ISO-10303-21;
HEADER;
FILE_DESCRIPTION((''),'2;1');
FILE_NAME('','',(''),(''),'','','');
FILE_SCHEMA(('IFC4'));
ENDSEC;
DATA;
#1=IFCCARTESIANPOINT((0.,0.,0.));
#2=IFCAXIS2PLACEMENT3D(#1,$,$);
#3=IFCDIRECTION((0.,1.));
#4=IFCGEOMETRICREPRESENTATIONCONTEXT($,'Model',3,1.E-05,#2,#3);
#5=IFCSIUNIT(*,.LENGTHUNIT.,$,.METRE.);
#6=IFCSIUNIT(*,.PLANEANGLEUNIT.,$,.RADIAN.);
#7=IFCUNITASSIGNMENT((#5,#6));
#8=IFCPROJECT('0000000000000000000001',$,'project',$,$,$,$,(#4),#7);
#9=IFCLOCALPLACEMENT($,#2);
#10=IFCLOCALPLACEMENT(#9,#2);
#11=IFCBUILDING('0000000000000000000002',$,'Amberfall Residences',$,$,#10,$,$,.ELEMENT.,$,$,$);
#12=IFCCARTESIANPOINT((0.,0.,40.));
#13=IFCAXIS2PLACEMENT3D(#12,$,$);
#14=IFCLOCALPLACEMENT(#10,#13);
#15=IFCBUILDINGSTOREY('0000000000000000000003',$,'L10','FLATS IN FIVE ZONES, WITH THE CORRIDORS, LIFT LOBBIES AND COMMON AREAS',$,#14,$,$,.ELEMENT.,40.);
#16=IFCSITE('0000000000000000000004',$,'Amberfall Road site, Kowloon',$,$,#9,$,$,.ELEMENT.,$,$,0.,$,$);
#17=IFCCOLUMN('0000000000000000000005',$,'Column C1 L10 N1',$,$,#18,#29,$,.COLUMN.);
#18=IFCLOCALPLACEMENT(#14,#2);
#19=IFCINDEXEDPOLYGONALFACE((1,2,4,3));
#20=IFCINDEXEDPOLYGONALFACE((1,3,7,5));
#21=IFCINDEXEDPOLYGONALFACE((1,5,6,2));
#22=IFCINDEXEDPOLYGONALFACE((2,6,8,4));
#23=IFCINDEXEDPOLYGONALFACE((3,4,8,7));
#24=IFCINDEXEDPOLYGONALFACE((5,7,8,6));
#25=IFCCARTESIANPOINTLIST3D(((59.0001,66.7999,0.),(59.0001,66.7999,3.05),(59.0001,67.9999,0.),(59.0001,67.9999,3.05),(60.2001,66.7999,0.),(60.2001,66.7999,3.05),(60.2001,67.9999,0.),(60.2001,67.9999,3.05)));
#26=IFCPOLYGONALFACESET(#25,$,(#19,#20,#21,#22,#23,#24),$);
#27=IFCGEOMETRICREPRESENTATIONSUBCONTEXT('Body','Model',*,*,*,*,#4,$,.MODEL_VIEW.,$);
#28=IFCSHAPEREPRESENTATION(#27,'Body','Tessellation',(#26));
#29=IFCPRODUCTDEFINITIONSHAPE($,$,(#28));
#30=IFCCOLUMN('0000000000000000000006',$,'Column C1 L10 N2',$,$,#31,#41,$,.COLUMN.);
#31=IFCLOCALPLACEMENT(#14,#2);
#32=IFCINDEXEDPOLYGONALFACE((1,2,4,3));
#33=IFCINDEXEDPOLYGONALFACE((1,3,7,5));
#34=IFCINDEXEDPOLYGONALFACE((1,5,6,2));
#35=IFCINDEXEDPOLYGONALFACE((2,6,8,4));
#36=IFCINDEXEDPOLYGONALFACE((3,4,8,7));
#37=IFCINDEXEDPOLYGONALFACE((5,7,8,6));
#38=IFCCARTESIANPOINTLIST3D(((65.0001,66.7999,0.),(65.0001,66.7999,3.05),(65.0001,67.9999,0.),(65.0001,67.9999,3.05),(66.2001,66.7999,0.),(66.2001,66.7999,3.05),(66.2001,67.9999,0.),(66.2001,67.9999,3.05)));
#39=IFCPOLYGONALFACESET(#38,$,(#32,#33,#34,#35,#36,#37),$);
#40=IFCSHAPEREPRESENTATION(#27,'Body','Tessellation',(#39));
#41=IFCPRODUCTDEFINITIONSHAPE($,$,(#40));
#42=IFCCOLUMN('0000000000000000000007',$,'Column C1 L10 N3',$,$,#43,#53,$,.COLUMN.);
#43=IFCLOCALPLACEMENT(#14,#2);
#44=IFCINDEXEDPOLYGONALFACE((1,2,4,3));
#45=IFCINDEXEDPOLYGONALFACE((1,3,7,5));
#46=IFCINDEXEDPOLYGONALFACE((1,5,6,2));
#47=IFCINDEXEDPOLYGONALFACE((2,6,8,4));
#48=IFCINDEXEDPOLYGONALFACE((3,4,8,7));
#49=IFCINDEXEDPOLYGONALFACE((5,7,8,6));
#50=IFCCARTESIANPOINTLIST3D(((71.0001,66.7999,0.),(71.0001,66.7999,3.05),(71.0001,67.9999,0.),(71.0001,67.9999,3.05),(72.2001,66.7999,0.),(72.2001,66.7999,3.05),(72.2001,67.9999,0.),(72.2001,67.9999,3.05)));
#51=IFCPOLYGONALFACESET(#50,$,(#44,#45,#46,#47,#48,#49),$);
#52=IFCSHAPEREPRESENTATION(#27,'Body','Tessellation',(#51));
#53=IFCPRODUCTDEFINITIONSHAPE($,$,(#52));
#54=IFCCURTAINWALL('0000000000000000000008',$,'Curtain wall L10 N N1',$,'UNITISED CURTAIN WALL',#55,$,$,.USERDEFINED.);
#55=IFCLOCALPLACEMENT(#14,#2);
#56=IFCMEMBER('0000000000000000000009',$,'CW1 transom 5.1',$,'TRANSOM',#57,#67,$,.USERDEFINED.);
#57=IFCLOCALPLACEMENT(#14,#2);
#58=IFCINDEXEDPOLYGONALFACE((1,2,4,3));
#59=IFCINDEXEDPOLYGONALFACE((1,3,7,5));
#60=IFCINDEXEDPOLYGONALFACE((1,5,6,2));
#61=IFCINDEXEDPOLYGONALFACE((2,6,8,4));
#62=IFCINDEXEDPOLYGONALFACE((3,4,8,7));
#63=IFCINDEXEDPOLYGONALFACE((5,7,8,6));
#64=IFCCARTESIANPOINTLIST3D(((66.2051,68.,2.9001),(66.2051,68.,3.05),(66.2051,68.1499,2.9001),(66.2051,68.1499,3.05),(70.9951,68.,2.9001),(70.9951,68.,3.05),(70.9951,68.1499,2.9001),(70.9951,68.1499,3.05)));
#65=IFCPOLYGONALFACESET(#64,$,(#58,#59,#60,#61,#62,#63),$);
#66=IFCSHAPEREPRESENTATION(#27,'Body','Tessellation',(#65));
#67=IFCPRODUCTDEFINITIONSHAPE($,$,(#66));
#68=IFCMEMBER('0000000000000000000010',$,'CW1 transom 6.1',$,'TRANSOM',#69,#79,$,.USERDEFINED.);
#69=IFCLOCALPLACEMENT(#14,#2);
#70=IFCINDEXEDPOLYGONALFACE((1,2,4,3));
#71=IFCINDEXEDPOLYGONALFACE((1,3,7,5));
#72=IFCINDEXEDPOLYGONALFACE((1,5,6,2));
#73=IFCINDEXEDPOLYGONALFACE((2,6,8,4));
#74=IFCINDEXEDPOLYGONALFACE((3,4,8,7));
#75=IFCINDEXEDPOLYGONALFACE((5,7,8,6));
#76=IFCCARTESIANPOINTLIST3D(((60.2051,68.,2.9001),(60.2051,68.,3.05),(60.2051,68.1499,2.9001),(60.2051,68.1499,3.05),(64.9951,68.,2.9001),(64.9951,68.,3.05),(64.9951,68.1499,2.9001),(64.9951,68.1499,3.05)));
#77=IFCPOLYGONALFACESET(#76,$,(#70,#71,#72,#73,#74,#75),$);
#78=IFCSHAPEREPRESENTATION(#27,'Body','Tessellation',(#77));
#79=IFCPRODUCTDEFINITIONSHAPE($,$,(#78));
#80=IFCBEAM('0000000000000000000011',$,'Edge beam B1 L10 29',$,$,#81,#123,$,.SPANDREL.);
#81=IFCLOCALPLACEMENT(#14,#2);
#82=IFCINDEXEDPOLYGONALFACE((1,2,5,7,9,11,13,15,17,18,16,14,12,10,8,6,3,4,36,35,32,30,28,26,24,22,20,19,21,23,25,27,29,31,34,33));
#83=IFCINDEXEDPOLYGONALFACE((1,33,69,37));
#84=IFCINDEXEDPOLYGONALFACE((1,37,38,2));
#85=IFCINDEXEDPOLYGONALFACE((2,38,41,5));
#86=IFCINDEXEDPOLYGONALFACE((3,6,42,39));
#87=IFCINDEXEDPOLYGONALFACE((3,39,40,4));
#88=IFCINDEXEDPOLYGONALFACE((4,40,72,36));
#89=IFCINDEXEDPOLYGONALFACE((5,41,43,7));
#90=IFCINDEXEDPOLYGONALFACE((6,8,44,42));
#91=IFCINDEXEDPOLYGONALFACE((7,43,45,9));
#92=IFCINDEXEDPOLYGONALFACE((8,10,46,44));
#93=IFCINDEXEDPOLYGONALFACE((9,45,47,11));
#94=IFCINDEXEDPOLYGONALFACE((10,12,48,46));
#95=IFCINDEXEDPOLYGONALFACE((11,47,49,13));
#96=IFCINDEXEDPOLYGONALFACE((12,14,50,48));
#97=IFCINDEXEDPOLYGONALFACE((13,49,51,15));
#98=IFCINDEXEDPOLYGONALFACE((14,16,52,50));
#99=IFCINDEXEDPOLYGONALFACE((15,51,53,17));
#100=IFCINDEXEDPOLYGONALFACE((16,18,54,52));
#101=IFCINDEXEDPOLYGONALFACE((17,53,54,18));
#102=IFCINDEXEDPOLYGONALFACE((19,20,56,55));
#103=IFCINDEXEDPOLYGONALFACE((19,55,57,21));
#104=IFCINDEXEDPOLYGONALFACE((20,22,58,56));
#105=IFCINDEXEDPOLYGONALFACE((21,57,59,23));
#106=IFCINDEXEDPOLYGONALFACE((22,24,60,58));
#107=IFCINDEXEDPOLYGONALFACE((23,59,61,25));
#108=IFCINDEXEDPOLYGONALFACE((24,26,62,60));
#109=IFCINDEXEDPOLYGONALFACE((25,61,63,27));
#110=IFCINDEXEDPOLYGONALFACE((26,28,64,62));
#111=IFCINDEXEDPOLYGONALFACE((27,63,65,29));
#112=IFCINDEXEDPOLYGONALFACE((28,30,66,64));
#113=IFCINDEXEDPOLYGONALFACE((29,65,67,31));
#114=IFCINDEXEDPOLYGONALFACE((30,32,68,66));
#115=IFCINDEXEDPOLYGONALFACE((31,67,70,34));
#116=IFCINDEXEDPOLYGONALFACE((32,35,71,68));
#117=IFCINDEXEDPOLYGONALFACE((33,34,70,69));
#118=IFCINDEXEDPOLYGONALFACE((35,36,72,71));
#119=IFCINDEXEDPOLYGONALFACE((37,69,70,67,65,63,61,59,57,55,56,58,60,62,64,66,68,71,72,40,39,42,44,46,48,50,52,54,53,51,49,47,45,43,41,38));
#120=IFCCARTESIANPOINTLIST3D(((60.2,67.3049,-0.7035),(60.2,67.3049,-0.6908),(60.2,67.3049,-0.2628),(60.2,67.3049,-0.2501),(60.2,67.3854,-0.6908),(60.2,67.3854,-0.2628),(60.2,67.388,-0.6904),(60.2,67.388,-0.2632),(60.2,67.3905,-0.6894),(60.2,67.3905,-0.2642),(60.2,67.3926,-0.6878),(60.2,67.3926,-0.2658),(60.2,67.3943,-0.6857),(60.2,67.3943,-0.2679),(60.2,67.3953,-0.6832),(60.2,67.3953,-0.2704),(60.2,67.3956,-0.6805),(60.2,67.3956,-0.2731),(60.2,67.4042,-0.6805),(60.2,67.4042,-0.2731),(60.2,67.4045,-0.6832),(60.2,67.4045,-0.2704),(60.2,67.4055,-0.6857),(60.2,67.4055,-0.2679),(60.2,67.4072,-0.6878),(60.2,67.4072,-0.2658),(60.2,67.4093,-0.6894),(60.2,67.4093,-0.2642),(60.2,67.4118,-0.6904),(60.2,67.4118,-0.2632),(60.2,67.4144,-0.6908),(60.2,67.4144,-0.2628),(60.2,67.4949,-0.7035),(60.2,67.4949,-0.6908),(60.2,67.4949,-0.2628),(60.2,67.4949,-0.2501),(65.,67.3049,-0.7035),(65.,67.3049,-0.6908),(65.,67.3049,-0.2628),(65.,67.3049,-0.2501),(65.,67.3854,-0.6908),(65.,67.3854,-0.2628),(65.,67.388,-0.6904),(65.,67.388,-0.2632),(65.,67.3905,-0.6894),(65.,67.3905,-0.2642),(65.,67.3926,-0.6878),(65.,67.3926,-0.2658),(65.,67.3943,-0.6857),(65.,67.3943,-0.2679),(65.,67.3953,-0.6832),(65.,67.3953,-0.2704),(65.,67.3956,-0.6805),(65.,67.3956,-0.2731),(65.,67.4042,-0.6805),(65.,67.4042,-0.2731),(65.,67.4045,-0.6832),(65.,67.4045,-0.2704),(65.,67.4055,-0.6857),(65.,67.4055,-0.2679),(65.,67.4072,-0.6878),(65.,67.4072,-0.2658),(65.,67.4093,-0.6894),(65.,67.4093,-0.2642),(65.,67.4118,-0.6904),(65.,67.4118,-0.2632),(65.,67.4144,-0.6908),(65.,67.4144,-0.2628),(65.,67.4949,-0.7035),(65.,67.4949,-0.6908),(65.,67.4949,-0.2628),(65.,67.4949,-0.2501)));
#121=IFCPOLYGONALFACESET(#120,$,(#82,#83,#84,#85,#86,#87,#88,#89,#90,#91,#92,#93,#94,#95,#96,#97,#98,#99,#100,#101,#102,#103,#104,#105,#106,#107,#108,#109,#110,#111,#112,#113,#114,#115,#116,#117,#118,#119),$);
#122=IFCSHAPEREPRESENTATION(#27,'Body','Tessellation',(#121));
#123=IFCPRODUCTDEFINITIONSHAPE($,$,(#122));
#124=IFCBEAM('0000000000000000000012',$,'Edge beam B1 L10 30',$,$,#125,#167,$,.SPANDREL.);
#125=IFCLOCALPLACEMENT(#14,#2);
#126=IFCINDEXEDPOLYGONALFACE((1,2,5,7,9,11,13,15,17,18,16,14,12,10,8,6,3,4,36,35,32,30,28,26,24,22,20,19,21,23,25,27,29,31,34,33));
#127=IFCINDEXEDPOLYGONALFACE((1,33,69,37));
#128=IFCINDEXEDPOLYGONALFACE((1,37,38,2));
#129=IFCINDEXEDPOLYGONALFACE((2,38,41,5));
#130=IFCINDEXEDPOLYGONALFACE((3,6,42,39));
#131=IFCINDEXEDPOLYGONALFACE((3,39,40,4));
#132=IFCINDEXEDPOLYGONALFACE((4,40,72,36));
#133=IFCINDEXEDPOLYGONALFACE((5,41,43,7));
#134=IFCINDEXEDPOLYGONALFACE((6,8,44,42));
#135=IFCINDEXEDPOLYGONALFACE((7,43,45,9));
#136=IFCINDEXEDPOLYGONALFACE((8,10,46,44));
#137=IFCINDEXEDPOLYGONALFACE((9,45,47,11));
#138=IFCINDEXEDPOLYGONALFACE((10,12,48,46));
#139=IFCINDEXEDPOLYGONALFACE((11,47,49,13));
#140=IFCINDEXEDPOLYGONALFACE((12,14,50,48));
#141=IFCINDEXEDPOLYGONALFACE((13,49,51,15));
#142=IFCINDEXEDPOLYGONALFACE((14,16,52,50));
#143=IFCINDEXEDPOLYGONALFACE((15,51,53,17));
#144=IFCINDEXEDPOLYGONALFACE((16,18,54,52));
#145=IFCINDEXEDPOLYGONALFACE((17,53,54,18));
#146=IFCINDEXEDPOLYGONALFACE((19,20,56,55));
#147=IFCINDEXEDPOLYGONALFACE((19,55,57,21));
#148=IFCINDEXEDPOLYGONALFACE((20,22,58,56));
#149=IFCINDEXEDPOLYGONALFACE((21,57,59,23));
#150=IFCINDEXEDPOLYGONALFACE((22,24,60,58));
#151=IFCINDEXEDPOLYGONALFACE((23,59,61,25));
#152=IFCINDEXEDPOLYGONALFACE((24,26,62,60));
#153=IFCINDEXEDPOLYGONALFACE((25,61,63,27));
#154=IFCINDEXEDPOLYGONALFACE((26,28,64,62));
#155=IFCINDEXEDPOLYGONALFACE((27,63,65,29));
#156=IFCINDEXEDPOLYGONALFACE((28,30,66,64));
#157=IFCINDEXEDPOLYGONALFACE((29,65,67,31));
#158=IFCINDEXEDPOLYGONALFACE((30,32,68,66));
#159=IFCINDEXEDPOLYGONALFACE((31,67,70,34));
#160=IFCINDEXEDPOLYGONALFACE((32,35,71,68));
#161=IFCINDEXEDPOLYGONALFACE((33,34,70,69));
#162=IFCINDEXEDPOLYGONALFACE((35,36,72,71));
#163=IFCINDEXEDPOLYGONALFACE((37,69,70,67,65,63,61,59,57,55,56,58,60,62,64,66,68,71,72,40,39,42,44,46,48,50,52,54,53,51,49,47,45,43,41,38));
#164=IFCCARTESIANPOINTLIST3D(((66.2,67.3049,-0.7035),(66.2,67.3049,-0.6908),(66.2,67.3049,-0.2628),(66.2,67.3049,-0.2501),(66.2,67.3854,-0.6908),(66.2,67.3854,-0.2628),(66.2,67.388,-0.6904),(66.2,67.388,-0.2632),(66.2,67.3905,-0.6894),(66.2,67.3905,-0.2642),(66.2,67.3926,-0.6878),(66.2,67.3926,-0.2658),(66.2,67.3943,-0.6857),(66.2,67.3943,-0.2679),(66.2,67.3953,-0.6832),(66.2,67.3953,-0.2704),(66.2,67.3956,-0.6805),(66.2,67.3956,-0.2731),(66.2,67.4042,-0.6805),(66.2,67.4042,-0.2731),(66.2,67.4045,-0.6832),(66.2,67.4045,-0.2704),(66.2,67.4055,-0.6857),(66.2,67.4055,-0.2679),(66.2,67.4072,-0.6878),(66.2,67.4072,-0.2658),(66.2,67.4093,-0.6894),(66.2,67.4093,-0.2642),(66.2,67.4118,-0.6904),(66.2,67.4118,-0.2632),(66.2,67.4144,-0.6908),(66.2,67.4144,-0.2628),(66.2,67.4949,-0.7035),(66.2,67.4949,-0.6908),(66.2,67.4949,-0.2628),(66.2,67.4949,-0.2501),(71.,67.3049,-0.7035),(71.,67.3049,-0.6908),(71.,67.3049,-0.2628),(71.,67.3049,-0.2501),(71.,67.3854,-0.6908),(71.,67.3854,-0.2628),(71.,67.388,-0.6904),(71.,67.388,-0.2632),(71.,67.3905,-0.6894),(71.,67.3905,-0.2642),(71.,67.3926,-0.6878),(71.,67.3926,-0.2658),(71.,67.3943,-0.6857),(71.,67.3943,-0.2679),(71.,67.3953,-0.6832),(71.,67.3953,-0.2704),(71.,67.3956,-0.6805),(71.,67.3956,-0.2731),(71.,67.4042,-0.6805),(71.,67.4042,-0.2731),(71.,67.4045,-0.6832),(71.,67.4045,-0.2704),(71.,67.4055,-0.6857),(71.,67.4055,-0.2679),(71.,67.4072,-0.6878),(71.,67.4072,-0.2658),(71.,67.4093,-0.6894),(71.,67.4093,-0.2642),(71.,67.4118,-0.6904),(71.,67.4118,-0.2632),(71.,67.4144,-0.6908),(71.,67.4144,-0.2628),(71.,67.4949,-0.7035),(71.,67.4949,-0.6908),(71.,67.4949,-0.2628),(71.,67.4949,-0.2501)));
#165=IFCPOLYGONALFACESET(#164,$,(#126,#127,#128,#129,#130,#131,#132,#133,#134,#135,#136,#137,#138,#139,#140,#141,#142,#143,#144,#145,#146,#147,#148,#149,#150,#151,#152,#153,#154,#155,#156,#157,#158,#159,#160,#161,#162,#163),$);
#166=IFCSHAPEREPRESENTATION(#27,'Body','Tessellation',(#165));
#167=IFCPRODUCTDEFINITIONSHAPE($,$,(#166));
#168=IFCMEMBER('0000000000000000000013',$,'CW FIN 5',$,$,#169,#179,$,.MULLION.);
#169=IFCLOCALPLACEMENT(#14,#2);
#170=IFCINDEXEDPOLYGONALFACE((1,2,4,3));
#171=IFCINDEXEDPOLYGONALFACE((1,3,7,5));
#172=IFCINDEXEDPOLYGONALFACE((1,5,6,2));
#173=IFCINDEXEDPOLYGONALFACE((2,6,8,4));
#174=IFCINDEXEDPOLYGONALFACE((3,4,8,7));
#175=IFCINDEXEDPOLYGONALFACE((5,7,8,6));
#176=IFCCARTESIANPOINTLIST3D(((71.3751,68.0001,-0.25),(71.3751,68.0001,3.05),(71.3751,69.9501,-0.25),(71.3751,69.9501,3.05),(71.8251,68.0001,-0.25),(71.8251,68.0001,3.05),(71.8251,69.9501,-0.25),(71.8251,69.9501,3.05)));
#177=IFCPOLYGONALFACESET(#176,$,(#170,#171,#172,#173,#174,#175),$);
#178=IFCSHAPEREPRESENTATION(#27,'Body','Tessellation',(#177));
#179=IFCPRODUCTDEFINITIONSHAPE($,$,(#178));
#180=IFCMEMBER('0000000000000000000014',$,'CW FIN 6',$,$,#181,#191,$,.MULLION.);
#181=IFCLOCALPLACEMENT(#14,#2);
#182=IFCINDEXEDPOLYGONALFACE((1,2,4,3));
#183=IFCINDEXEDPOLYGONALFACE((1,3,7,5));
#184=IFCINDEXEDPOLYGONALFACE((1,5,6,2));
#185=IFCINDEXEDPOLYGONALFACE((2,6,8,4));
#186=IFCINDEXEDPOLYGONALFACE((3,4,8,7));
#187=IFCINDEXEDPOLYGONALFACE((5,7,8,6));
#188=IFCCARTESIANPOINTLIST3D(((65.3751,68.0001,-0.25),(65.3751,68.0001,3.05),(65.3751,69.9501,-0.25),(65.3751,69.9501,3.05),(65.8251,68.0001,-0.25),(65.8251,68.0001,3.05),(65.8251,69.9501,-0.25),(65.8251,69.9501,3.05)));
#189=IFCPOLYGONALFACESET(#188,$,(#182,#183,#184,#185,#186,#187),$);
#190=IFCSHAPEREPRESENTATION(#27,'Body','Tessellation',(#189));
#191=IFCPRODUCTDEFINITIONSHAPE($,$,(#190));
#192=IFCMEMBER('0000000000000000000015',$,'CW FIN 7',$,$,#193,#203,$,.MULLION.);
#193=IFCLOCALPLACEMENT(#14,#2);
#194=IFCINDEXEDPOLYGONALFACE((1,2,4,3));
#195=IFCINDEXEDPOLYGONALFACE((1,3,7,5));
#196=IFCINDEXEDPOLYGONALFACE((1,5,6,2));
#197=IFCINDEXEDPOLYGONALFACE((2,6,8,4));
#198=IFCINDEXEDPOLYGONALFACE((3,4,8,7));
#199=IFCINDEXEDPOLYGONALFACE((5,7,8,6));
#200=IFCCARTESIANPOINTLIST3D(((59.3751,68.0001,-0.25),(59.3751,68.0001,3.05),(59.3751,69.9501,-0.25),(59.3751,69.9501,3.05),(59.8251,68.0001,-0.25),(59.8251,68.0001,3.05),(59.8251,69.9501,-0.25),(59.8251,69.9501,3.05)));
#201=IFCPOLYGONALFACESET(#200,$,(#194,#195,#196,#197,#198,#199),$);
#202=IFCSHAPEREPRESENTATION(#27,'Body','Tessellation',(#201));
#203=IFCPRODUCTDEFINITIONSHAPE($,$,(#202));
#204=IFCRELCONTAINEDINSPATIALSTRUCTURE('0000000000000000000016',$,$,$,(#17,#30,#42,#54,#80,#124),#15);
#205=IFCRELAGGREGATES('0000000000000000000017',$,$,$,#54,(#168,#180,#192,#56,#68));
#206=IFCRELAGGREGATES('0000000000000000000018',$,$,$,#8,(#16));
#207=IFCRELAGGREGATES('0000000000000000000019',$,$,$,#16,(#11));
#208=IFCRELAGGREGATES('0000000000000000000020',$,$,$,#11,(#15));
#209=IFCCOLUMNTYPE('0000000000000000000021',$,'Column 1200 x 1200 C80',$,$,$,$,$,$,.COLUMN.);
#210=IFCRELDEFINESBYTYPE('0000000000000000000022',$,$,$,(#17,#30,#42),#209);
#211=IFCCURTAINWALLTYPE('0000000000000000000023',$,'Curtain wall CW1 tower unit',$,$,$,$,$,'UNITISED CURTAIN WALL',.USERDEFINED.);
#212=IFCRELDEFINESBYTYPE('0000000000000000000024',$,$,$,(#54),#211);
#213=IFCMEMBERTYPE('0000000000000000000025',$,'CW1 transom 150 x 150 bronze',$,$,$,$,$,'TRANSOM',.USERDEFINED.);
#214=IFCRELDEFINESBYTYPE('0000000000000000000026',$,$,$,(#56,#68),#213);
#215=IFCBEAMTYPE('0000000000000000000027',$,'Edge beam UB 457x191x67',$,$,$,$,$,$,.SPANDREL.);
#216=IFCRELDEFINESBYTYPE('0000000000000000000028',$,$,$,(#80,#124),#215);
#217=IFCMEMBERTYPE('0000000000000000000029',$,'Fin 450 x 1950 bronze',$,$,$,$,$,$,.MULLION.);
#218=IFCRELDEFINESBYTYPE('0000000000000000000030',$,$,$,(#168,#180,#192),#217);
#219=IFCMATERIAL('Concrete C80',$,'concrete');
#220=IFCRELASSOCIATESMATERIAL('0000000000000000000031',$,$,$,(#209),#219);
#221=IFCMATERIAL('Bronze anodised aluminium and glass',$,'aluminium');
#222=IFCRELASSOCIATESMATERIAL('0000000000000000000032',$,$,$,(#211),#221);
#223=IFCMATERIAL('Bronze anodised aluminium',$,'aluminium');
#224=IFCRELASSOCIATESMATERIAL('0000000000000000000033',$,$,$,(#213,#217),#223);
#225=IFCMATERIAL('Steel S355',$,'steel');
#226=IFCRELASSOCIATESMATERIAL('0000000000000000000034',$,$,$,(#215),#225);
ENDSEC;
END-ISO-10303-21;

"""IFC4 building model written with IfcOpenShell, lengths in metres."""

from ifc_helpers import new_model, si_unit, direction, frame, origin, origin_2d, place, context, subcontext, project, spatial, rectangle, i_section, extrude, material, material_profile, profile_set, type_object, element, aggregate, save


model = new_model("IFC4")

# Units and contexts
model_context = context("Model", 3, precision=1e-05, world=origin(), true_north=direction((0.0, 1.0)))
body_context = subcontext(model_context, "Body", "Model", "MODEL_VIEW")
ifc_project = project(units=[si_unit("LENGTHUNIT", "METRE"), si_unit("PLANEANGLEUNIT", "RADIAN")], contexts=[model_context])

# Site, building, storey
site_placement = place(None, origin())
site = spatial("IfcSite", under=ifc_project, at=site_placement, Name="Amberfall Road site, Kowloon", CompositionType="ELEMENT", RefElevation=0.0)
building_placement = place(site_placement, origin())
building = spatial("IfcBuilding", under=site, at=building_placement, Name="Amberfall Residences", CompositionType="ELEMENT")
storey_placement = place(building_placement, frame((0.0, 0.0, 40.0)))
storey = spatial("IfcBuildingStorey", under=building, at=storey_placement, Name="L10", Description="FLATS IN FIVE ZONES, WITH THE CORRIDORS, LIFT LOBBIES AND COMMON AREAS", CompositionType="ELEMENT", Elevation=40.0)

# Columns
ifc_material_1 = material(Name="Concrete C80", Category="concrete")
ifc_material_profile_1 = material_profile(ifc_material_1, rectangle(XDim=1.2, YDim=1.2, at=origin_2d()), Name="Column 1200 x 1200 C80")
ifc_profile_set_1 = profile_set([ifc_material_profile_1], Name="Concrete C80")
column_type = type_object("IfcColumnType", Name="Column 1200 x 1200 C80", PredefinedType="COLUMN", material=ifc_profile_set_1)
for number, where, z_axis, x_axis, name in (
    (1, (59.6001, 67.3999, 0.0), (0.0, 0.0, 1.0), (1.0, 0.0, 0.0), "Column C1 L10 N1"),
    (2, (65.6001, 67.3999, 0.0), (0.0, 0.0, 1.0), (1.0, 0.0, 0.0), "Column C1 L10 N2"),
    (3, (71.6001, 67.3999, 0.0), (0.0, 0.0, 1.0), (1.0, 0.0, 0.0), "Column C1 L10 N3"),
):
    element("IfcColumn", number, at=place(storey_placement, frame(where, z_axis=z_axis, x_axis=x_axis)), inside=storey, type_object=column_type, Name=name, PredefinedType="COLUMN", context=body_context, shape_type="SweptSolid", body=[
        extrude(rectangle(XDim=1.2, YDim=1.2, at=origin_2d()), origin(), (0.0, 0.0, 1.0), 3.05),
    ])

# Curtain wall, members
ifc_material_2 = material(Name="Bronze anodised aluminium and glass", Category="aluminium")
curtain_wall_type = type_object("IfcCurtainWallType", Name="Curtain wall CW1 tower unit", ElementType="UNITISED CURTAIN WALL", PredefinedType="USERDEFINED", material=ifc_material_2)
curtain_wall_placement = place(storey_placement, origin())
curtain_wall = element("IfcCurtainWall", 4, at=curtain_wall_placement, inside=storey, type_object=curtain_wall_type, Name="Curtain wall L10 N N1", ObjectType="UNITISED CURTAIN WALL", PredefinedType="USERDEFINED")
ifc_material_3 = material(Name="Bronze anodised aluminium", Category="aluminium")
ifc_material_profile_2 = material_profile(ifc_material_3, rectangle(XDim=0.1499, YDim=0.1499, at=origin_2d()), Name="CW1 transom 150 x 150 bronze")
ifc_profile_set_2 = profile_set([ifc_material_profile_2], Name="Bronze anodised aluminium")
member_type_1 = type_object("IfcMemberType", Name="CW1 transom 150 x 150 bronze", ElementType="TRANSOM", PredefinedType="USERDEFINED", material=ifc_profile_set_2)
member_1_placement = place(storey_placement, frame((70.9951, 68.075, 2.9751), z_axis=(-1.0, 0.0, 0.0), x_axis=(0.0, -1.0, 0.0)))
member_1 = element("IfcMember", 5, at=member_1_placement, type_object=member_type_1, Name="CW1 transom 5.1", ObjectType="TRANSOM", PredefinedType="USERDEFINED", context=body_context, shape_type="SweptSolid", body=[
    extrude(rectangle(XDim=0.1499, YDim=0.1499, at=origin_2d()), origin(), (0.0, 0.0, 1.0), 4.79),
])
member_2_placement = place(storey_placement, frame((64.9951, 68.075, 2.9751), z_axis=(-1.0, 0.0, 0.0), x_axis=(0.0, -1.0, 0.0)))
member_2 = element("IfcMember", 6, at=member_2_placement, type_object=member_type_1, Name="CW1 transom 6.1", ObjectType="TRANSOM", PredefinedType="USERDEFINED", context=body_context, shape_type="SweptSolid", body=[
    extrude(rectangle(XDim=0.1499, YDim=0.1499, at=origin_2d()), origin(), (0.0, 0.0, 1.0), 4.79),
])

# Beams
ifc_material_4 = material(Name="Steel S355", Category="steel")
ifc_material_profile_3 = material_profile(ifc_material_4, i_section(OverallWidth=0.1899, OverallDepth=0.4534, WebThickness=0.0085, FlangeThickness=0.0127, FilletRadius=0.0103, at=origin_2d()), Name="UB 457x191x67")
ifc_profile_set_3 = profile_set([ifc_material_profile_3], Name="Steel S355")
beam_type_1 = type_object("IfcBeamType", Name="Edge beam UB 457x191x67", PredefinedType="SPANDREL", material=ifc_profile_set_3)
for number, where, z_axis, x_axis, name in (
    (7, (60.2, 67.3999, -0.4768), (1.0, 0.0, 0.0), (0.0, 1.0, 0.0), "Edge beam B1 L10 29"),
    (8, (66.2, 67.3999, -0.4768), (1.0, 0.0, 0.0), (0.0, 1.0, 0.0), "Edge beam B1 L10 30"),
):
    element("IfcBeam", number, at=place(storey_placement, frame(where, z_axis=z_axis, x_axis=x_axis)), inside=storey, type_object=beam_type_1, Name=name, PredefinedType="SPANDREL", context=body_context, shape_type="SweptSolid", body=[
        extrude(i_section(OverallWidth=0.1899, OverallDepth=0.4534, WebThickness=0.0085, FlangeThickness=0.0127, FilletRadius=0.0103, at=origin_2d()), origin(), (0.0, 0.0, 1.0), 4.8),
    ])

# Members
ifc_material_profile_4 = material_profile(ifc_material_3, rectangle(XDim=1.95, YDim=0.45, at=origin_2d()), Name="Fin 450 x 1950 bronze")
ifc_profile_set_4 = profile_set([ifc_material_profile_4], Name="Bronze anodised aluminium")
member_type_2 = type_object("IfcMemberType", Name="Fin 450 x 1950 bronze", PredefinedType="MULLION", material=ifc_profile_set_4)
member_3_placement = place(storey_placement, frame((71.6001, 68.9751, -0.25), z_axis=(0.0, 0.0, 1.0), x_axis=(0.0, -1.0, 0.0)))
member_3 = element("IfcMember", 9, at=member_3_placement, type_object=member_type_2, Name="CW FIN 5", PredefinedType="MULLION", context=body_context, shape_type="SweptSolid", body=[
    extrude(rectangle(XDim=1.95, YDim=0.45, at=origin_2d()), origin(), (0.0, 0.0, 1.0), 3.3),
])
member_4_placement = place(storey_placement, frame((65.6001, 68.9751, -0.25), z_axis=(0.0, 0.0, 1.0), x_axis=(0.0, -1.0, 0.0)))
member_4 = element("IfcMember", 10, at=member_4_placement, type_object=member_type_2, Name="CW FIN 6", PredefinedType="MULLION", context=body_context, shape_type="SweptSolid", body=[
    extrude(rectangle(XDim=1.95, YDim=0.45, at=origin_2d()), origin(), (0.0, 0.0, 1.0), 3.3),
])
member_5_placement = place(storey_placement, frame((59.6001, 68.9751, -0.25), z_axis=(0.0, 0.0, 1.0), x_axis=(0.0, -1.0, 0.0)))
member_5 = element("IfcMember", 11, at=member_5_placement, type_object=member_type_2, Name="CW FIN 7", PredefinedType="MULLION", context=body_context, shape_type="SweptSolid", body=[
    extrude(rectangle(XDim=1.95, YDim=0.45, at=origin_2d()), origin(), (0.0, 0.0, 1.0), 3.3),
])

aggregate(curtain_wall, [member_3, member_4, member_5, member_1, member_2])

save(model, "model.ifc")
